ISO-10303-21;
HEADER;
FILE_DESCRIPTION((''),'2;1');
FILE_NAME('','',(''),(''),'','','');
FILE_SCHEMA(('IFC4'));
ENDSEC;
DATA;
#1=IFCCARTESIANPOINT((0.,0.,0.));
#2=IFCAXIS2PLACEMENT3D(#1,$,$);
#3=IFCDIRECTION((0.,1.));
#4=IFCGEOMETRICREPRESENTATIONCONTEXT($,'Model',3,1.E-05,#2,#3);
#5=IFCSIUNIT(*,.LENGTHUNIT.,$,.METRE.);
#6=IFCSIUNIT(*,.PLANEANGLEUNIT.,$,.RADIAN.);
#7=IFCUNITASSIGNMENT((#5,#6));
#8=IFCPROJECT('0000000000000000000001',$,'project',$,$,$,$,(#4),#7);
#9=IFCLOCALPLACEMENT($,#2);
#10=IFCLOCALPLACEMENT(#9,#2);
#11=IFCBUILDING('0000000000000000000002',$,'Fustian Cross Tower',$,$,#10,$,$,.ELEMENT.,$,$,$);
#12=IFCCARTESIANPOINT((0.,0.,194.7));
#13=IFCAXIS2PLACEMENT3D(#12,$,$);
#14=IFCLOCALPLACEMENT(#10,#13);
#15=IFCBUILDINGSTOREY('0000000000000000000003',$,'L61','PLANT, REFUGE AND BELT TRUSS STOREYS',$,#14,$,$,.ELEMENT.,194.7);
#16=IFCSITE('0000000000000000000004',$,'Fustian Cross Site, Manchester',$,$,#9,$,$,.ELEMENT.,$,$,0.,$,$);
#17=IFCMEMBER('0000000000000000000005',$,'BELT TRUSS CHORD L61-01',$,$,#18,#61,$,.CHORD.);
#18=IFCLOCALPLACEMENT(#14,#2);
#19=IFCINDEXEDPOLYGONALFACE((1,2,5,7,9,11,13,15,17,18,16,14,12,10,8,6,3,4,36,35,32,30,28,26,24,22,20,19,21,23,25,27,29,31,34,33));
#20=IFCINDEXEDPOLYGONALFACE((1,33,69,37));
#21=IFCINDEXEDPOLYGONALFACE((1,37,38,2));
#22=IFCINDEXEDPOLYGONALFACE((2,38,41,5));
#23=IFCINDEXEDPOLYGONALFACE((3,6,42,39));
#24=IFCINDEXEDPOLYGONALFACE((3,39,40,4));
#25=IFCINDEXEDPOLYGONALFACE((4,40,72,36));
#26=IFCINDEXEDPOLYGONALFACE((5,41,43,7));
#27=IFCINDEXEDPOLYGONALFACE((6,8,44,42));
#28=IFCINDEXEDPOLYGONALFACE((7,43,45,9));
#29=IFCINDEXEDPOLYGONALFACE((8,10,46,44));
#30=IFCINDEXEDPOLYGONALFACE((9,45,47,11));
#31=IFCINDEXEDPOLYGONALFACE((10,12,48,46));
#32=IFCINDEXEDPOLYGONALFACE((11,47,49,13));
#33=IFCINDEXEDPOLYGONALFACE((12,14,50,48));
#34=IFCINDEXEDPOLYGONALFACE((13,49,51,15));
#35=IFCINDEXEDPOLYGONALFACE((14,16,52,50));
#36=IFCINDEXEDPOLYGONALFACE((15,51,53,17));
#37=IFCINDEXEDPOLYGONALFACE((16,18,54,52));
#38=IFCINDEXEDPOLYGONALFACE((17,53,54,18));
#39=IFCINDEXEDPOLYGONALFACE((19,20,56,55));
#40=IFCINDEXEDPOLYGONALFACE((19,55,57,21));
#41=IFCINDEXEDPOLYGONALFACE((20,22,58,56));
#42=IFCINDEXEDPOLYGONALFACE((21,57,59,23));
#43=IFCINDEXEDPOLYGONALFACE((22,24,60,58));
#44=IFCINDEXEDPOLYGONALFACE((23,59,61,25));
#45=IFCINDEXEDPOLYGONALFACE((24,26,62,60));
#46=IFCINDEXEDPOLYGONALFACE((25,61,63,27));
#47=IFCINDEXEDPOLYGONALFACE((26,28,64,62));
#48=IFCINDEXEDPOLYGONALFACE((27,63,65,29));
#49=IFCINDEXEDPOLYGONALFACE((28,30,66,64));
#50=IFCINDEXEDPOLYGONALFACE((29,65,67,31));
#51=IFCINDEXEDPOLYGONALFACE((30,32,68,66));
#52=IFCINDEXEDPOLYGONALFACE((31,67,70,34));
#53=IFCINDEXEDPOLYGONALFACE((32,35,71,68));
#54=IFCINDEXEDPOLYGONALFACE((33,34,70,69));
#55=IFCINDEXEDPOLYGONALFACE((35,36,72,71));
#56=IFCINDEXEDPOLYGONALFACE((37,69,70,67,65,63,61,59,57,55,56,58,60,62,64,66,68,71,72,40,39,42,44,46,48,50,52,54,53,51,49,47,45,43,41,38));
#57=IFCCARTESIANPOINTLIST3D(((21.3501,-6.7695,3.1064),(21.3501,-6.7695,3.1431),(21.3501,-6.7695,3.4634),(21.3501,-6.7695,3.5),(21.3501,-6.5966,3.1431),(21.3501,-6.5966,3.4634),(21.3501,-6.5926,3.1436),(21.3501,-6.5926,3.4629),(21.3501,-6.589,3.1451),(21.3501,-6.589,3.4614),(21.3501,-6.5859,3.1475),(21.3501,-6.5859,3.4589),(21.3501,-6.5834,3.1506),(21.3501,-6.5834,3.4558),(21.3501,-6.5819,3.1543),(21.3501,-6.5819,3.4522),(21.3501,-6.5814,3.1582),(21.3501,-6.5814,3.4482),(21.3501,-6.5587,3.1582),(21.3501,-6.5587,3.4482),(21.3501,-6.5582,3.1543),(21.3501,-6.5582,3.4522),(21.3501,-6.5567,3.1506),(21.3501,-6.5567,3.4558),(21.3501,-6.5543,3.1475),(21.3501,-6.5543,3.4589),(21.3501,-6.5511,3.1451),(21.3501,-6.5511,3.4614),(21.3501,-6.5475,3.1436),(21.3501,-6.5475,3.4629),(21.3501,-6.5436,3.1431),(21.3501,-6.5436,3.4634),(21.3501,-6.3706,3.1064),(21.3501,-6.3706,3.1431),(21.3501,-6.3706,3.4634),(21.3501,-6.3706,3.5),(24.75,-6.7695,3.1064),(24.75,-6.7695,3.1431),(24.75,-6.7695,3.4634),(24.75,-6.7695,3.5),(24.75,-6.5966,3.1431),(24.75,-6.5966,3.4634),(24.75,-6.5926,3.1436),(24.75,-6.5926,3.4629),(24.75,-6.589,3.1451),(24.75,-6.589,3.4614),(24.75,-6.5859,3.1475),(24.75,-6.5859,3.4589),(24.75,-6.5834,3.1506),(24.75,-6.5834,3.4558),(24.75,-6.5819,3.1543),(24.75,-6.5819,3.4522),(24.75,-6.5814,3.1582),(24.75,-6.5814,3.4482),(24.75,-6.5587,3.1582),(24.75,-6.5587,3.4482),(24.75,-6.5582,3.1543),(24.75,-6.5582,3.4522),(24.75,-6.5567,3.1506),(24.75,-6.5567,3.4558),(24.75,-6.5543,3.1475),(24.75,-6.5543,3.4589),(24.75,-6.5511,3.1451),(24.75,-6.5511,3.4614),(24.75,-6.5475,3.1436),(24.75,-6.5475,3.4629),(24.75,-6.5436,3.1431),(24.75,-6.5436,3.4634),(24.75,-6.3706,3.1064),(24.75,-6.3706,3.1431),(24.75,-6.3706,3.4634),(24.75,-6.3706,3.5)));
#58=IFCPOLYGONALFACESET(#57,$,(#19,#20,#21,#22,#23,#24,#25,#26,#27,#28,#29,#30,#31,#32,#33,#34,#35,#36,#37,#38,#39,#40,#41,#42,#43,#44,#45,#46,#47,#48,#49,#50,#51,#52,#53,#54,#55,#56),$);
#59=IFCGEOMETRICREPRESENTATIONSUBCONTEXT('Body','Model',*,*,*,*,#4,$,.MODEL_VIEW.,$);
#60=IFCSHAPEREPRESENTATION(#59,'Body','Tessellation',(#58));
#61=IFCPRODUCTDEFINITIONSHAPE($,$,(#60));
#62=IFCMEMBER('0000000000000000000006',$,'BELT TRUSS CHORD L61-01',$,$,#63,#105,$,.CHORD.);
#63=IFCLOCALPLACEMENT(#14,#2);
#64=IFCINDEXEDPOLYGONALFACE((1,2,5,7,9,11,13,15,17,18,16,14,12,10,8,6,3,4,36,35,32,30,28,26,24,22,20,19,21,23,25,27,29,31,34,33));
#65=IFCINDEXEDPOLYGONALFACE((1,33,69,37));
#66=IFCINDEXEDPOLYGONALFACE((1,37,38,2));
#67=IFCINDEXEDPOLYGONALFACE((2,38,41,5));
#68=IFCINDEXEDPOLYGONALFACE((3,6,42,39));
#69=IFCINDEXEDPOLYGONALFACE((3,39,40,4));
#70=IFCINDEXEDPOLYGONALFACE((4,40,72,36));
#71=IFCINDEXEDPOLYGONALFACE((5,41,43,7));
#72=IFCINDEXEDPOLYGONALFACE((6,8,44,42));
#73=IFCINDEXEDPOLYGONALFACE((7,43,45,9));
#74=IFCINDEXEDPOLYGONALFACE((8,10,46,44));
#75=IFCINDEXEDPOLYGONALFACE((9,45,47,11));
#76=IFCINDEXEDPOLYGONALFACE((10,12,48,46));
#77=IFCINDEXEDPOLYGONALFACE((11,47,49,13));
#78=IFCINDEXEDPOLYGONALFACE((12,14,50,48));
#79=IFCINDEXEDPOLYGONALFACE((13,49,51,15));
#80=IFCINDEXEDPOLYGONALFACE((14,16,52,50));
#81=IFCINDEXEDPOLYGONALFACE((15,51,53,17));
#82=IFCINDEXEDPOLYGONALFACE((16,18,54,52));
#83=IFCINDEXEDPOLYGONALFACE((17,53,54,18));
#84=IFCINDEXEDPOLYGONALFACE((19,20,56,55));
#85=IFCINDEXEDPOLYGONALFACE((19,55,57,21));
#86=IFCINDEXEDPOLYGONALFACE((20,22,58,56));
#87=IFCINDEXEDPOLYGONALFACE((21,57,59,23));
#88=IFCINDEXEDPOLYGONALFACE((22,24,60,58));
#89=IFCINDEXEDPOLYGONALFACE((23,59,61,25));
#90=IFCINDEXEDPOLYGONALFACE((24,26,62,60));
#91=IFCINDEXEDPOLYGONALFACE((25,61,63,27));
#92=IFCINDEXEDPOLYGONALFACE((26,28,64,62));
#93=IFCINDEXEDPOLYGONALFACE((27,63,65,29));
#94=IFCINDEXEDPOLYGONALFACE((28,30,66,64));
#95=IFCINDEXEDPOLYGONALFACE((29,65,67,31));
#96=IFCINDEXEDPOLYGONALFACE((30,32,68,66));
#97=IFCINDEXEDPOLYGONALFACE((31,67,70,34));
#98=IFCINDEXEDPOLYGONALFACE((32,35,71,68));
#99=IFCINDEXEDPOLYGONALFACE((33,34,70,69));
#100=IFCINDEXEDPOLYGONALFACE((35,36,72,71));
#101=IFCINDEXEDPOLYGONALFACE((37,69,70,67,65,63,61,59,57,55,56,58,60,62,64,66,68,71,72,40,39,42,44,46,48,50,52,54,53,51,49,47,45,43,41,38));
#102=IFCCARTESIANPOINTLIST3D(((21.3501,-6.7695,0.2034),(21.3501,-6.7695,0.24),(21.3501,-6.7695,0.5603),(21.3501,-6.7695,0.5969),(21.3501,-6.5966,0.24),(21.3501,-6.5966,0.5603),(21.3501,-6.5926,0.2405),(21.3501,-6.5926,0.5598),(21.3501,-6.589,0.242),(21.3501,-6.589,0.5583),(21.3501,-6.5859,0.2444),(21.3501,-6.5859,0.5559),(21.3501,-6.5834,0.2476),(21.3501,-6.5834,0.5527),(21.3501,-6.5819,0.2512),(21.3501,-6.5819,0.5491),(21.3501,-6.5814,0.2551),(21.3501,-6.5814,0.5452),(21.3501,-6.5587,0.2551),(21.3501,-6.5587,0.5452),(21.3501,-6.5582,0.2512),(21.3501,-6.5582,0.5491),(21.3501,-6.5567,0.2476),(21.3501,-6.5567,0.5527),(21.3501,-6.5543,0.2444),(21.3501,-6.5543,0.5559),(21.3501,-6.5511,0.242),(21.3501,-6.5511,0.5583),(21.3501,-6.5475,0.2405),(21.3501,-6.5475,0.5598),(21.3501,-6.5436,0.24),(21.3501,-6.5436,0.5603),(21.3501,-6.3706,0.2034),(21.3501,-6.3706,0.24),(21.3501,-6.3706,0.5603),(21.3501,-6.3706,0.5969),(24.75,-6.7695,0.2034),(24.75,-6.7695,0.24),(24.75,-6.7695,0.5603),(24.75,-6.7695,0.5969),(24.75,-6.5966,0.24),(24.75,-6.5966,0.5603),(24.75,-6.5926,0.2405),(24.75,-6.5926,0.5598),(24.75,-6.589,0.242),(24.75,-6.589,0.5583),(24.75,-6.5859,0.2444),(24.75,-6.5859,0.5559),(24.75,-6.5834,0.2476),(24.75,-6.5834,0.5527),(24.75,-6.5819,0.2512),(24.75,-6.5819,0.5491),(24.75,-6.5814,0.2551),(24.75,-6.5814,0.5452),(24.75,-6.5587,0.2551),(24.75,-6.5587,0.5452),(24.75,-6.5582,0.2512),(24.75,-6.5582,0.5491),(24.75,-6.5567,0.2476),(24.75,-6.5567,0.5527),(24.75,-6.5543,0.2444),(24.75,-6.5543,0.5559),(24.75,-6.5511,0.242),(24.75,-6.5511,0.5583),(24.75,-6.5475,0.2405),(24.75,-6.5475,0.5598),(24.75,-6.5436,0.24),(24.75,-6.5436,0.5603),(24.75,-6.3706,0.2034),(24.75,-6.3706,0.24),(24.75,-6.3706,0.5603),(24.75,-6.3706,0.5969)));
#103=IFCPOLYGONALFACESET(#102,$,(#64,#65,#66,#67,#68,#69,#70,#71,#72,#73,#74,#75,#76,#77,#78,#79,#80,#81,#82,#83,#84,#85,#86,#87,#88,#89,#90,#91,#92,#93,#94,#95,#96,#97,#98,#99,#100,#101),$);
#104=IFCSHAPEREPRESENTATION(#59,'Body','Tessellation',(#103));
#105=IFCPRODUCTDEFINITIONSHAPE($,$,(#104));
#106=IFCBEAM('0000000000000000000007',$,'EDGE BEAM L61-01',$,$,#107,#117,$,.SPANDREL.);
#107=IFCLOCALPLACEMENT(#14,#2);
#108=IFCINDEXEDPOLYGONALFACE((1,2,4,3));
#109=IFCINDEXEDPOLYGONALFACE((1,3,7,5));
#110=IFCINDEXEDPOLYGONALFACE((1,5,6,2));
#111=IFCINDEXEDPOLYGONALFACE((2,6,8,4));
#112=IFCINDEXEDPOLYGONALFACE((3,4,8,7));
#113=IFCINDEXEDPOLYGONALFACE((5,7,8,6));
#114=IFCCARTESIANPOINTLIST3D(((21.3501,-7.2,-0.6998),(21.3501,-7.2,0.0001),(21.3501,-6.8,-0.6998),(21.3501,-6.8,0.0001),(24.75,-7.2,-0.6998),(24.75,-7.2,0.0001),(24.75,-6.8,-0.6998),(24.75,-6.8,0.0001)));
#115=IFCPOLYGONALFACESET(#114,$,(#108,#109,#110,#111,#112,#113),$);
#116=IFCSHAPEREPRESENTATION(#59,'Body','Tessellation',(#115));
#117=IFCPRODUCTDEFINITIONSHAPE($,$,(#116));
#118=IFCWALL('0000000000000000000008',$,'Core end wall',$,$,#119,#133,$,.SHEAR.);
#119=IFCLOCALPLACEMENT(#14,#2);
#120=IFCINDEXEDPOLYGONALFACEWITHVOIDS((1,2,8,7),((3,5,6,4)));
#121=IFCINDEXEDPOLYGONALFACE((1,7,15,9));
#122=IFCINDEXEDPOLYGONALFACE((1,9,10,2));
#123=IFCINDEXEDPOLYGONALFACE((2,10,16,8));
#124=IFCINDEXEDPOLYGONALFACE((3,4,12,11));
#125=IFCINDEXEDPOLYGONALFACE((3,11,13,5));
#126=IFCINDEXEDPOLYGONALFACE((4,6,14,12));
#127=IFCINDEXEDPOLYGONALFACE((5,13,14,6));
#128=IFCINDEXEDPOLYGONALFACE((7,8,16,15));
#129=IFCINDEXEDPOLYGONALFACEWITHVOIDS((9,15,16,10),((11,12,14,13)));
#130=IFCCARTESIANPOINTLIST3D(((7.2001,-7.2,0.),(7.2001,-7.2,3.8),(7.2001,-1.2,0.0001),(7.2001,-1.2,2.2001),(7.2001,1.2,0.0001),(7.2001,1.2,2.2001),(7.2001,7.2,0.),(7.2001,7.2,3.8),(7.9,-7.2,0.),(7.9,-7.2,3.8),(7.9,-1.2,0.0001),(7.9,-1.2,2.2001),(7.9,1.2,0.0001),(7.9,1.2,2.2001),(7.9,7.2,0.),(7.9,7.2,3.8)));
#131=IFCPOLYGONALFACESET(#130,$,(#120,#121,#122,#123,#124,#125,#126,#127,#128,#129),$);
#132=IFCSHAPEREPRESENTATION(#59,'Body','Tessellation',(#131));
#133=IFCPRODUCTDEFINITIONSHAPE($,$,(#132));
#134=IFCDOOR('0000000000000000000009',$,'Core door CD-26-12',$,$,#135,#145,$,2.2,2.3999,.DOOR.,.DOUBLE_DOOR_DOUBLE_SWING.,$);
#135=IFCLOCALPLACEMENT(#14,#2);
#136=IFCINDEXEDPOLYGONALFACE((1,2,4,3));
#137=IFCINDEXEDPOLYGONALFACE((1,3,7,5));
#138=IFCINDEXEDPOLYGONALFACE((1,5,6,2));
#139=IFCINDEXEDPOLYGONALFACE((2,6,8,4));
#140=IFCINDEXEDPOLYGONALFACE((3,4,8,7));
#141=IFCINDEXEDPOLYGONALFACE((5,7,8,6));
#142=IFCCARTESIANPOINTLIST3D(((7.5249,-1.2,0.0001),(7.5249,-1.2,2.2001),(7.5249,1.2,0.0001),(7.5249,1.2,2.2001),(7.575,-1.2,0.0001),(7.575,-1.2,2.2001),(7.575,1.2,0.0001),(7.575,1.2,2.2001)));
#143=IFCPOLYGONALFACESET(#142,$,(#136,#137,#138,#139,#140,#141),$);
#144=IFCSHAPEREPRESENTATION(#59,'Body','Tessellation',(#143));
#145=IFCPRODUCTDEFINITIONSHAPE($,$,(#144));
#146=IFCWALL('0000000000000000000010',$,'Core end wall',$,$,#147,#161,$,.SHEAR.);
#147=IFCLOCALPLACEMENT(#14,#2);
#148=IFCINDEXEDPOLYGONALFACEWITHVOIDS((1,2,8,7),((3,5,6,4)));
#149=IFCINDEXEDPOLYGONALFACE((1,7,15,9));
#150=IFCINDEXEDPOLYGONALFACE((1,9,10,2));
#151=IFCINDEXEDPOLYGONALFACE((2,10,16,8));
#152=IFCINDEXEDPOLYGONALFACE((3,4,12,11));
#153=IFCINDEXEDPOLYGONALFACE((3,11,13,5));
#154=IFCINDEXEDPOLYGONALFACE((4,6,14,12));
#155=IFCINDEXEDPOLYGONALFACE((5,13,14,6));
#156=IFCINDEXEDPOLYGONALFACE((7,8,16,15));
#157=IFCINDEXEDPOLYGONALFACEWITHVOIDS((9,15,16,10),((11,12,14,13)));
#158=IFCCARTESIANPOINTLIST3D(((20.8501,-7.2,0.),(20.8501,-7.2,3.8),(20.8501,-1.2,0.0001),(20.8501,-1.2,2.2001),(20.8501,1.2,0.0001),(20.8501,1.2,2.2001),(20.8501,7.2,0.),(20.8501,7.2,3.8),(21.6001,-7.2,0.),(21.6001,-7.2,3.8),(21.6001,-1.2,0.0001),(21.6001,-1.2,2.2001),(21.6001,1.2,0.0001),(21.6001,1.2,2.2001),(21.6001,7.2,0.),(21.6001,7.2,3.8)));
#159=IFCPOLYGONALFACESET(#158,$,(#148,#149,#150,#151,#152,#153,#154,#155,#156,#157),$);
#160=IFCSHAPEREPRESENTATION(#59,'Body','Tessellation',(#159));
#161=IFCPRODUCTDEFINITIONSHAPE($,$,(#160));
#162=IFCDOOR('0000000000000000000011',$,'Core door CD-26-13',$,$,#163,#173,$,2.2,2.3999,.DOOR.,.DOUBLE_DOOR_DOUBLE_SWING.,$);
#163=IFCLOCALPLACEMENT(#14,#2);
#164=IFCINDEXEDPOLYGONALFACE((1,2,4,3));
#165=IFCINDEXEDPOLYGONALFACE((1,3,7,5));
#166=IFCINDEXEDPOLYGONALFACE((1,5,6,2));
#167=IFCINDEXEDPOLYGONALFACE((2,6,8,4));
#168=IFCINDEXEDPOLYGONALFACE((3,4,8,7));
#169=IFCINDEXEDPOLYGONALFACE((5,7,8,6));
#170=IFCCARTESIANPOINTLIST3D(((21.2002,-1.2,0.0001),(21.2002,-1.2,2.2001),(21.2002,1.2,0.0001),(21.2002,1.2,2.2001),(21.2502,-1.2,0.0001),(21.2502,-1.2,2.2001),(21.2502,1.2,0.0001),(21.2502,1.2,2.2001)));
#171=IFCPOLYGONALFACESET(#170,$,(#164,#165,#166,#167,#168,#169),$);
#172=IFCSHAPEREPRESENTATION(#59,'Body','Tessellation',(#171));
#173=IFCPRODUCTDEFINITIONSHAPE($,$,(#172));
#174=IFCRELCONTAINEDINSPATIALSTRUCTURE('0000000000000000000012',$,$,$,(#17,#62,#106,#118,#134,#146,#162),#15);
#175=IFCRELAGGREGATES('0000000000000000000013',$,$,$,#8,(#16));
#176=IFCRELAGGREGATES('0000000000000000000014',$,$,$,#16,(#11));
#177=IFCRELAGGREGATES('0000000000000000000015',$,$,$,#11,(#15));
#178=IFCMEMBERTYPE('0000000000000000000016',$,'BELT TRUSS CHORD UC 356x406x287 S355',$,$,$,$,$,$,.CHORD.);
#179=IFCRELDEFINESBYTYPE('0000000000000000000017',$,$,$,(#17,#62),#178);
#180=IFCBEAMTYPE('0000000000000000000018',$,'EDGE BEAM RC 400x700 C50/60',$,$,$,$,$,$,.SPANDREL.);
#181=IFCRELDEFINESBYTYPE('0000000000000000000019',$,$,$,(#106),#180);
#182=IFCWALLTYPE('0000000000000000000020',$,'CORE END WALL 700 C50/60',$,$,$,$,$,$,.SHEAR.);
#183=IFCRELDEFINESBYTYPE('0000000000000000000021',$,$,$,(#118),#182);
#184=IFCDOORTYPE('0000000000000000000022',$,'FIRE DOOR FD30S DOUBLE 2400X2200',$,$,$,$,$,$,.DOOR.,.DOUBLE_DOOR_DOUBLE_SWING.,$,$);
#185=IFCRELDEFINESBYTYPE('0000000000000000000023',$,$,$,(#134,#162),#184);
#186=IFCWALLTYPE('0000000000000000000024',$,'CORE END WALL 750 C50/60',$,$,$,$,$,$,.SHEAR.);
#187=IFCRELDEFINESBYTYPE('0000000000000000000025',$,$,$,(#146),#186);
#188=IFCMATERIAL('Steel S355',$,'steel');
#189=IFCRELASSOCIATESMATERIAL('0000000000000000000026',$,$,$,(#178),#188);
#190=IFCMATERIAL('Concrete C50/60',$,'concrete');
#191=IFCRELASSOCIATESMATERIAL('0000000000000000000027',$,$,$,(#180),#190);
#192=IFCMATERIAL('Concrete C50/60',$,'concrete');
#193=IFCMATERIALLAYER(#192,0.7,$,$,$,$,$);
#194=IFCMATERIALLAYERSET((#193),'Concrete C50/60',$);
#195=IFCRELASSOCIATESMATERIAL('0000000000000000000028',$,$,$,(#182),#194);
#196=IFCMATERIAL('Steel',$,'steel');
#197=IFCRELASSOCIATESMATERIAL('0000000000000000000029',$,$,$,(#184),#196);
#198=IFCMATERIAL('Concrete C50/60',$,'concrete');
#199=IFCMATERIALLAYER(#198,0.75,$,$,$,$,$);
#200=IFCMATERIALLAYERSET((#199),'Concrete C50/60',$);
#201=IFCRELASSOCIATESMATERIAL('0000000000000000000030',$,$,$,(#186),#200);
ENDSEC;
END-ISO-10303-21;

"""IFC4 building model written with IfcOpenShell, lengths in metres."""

from ifc_helpers import new_model, si_unit, direction, frame, frame_2d, origin, origin_2d, place, context, subcontext, project, spatial, rectangle, i_section, extrude, material, layer, layer_set, material_profile, profile_set, type_object, element, fill, save


model = new_model("IFC4")

# Units and contexts
model_context = context("Model", 3, precision=1e-05, world=origin(), true_north=direction((0.0, 1.0)))
body_context = subcontext(model_context, "Body", "Model", "MODEL_VIEW")
ifc_project = project(units=[si_unit("LENGTHUNIT", "METRE"), si_unit("PLANEANGLEUNIT", "RADIAN")], contexts=[model_context])

# Site, building, storey
site_placement = place(None, origin())
site = spatial("IfcSite", under=ifc_project, at=site_placement, Name="Fustian Cross Site, Manchester", CompositionType="ELEMENT", RefElevation=0.0)
building_placement = place(site_placement, origin())
building = spatial("IfcBuilding", under=site, at=building_placement, Name="Fustian Cross Tower", CompositionType="ELEMENT")
storey_placement = place(building_placement, frame((0.0, 0.0, 194.7)))
storey = spatial("IfcBuildingStorey", under=building, at=storey_placement, Name="L61", Description="PLANT, REFUGE AND BELT TRUSS STOREYS", CompositionType="ELEMENT", Elevation=194.7)

# Members
ifc_material_1 = material(Name="Steel S355", Category="steel")
ifc_material_profile_1 = material_profile(ifc_material_1, i_section(OverallWidth=0.3989, OverallDepth=0.3936, WebThickness=0.0227, FlangeThickness=0.0366, FilletRadius=0.0151, at=origin_2d()), Name="UC 356x406x287")
ifc_profile_set_1 = profile_set([ifc_material_profile_1], Name="Steel S355")
member_type = type_object("IfcMemberType", Name="BELT TRUSS CHORD UC 356x406x287 S355", PredefinedType="CHORD", material=ifc_profile_set_1)
for number, where, z_axis, x_axis, name in (
    (1, (21.3501, -6.5701, 3.3032), (1.0, 0.0, 0.0), (0.0, 1.0, 0.0), "BELT TRUSS CHORD L61-01"),
    (2, (21.3501, -6.5701, 0.4001), (1.0, 0.0, 0.0), (0.0, 1.0, 0.0), "BELT TRUSS CHORD L61-01"),
):
    element("IfcMember", number, at=place(storey_placement, frame(where, z_axis=z_axis, x_axis=x_axis)), inside=storey, type_object=member_type, Name=name, PredefinedType="CHORD", context=body_context, shape_type="SweptSolid", body=[
        extrude(i_section(OverallWidth=0.3989, OverallDepth=0.3936, WebThickness=0.0227, FlangeThickness=0.0366, FilletRadius=0.0151, at=origin_2d()), origin(), (0.0, 0.0, 1.0), 3.3999),
    ])

# Beam
ifc_material_2 = material(Name="Concrete C50/60", Category="concrete")
ifc_material_profile_2 = material_profile(ifc_material_2, rectangle(XDim=0.3999, YDim=0.7, at=origin_2d()), Name="RC 400x700")
ifc_profile_set_2 = profile_set([ifc_material_profile_2], Name="Concrete C50/60")
beam_type = type_object("IfcBeamType", Name="EDGE BEAM RC 400x700 C50/60", PredefinedType="SPANDREL", material=ifc_profile_set_2)
beam_placement = place(storey_placement, frame((21.3501, -7.0, -0.3499), z_axis=(1.0, 0.0, 0.0), x_axis=(0.0, 1.0, 0.0)))
element("IfcBeam", 3, at=beam_placement, inside=storey, type_object=beam_type, Name="EDGE BEAM L61-01", PredefinedType="SPANDREL", context=body_context, shape_type="SweptSolid", body=[
    extrude(rectangle(XDim=0.3999, YDim=0.7, at=origin_2d()), origin(), (0.0, 0.0, 1.0), 3.3999),
])

# Walls, openings, doors
ifc_material_3 = material(Name="Concrete C50/60", Category="concrete")
ifc_layer_1 = layer(ifc_material_3, 0.7)
ifc_layer_set_1 = layer_set([ifc_layer_1], Name="Concrete C50/60")
wall_type_1 = type_object("IfcWallType", Name="CORE END WALL 700 C50/60", PredefinedType="SHEAR", material=ifc_layer_set_1)
wall_1_placement = place(storey_placement, frame((7.55, -7.2, 0.0), z_axis=(0.0, 0.0, 1.0), x_axis=(0.0, 1.0, 0.0)))
wall_1 = element("IfcWall", 4, at=wall_1_placement, inside=storey, type_object=wall_type_1, Name="Core end wall", PredefinedType="SHEAR", context=body_context, shape_type="SweptSolid", body=[
    extrude(rectangle(XDim=14.3999, YDim=0.7, at=frame_2d((7.2, 0.0))), origin(), (0.0, 0.0, 1.0), 3.8),
])
opening_1_placement = place(wall_1_placement, frame((6.0, 0.0, 0.0)))
opening_1 = element("IfcOpeningElement", 5, at=opening_1_placement, cuts=wall_1, PredefinedType="OPENING", context=body_context, shape_type="SweptSolid", body=[
    extrude(rectangle(XDim=2.3999, YDim=2.2, at=frame_2d((1.2, 1.1001))), frame((0.0, 0.3599, 0.0), z_axis=(0.0, -1.0, 0.0), x_axis=(1.0, 0.0, 0.0)), (0.0, 0.0, 1.0), 0.72),
])
ifc_material_4 = material(Name="Steel", Category="steel")
door_type_1 = type_object("IfcDoorType", Name="FIRE DOOR FD30S DOUBLE 2400X2200", OperationType="DOUBLE_DOOR_DOUBLE_SWING", PredefinedType="DOOR", material=ifc_material_4)
door_1_placement = place(opening_1_placement, frame((2.3999, 0.0, 0.0), z_axis=(0.0, 0.0, 1.0), x_axis=(-1.0, 0.0, 0.0)))
door_1 = element("IfcDoor", 6, at=door_1_placement, inside=storey, type_object=door_type_1, Name="Core door CD-26-12", OperationType="DOUBLE_DOOR_DOUBLE_SWING", OverallHeight=2.2, OverallWidth=2.3999, PredefinedType="DOOR", context=body_context, shape_type="SweptSolid", body=[
    extrude(rectangle(XDim=2.3999, YDim=2.2, at=frame_2d((1.2, 1.1001))), frame((0.0, 0.0249, 0.0), z_axis=(0.0, -1.0, 0.0), x_axis=(1.0, 0.0, 0.0)), (0.0, 0.0, 1.0), 0.05),
])
fill(opening_1, door_1)
ifc_material_5 = material(Name="Concrete C50/60", Category="concrete")
ifc_layer_2 = layer(ifc_material_5, 0.75)
ifc_layer_set_2 = layer_set([ifc_layer_2], Name="Concrete C50/60")
wall_type_2 = type_object("IfcWallType", Name="CORE END WALL 750 C50/60", PredefinedType="SHEAR", material=ifc_layer_set_2)
wall_2_placement = place(storey_placement, frame((21.2251, -7.2, 0.0), z_axis=(0.0, 0.0, 1.0), x_axis=(0.0, 1.0, 0.0)))
wall_2 = element("IfcWall", 7, at=wall_2_placement, inside=storey, type_object=wall_type_2, Name="Core end wall", PredefinedType="SHEAR", context=body_context, shape_type="SweptSolid", body=[
    extrude(rectangle(XDim=14.3999, YDim=0.75, at=frame_2d((7.2, 0.0))), origin(), (0.0, 0.0, 1.0), 3.8),
])
opening_2_placement = place(wall_2_placement, frame((6.0, 0.0, 0.0)))
opening_2 = element("IfcOpeningElement", 8, at=opening_2_placement, cuts=wall_2, PredefinedType="OPENING", context=body_context, shape_type="SweptSolid", body=[
    extrude(rectangle(XDim=2.3999, YDim=2.2, at=frame_2d((1.2, 1.1001))), frame((0.0, 0.385, 0.0), z_axis=(0.0, -1.0, 0.0), x_axis=(1.0, 0.0, 0.0)), (0.0, 0.0, 1.0), 0.77),
])
door_2_placement = place(opening_2_placement, origin())
door_2 = element("IfcDoor", 9, at=door_2_placement, inside=storey, type_object=door_type_1, Name="Core door CD-26-13", OperationType="DOUBLE_DOOR_DOUBLE_SWING", OverallHeight=2.2, OverallWidth=2.3999, PredefinedType="DOOR", context=body_context, shape_type="SweptSolid", body=[
    extrude(rectangle(XDim=2.3999, YDim=2.2, at=frame_2d((1.2, 1.1001))), frame((0.0, 0.0249, 0.0), z_axis=(0.0, -1.0, 0.0), x_axis=(1.0, 0.0, 0.0)), (0.0, 0.0, 1.0), 0.05),
])
fill(opening_2, door_2)

save(model, "model.ifc")
